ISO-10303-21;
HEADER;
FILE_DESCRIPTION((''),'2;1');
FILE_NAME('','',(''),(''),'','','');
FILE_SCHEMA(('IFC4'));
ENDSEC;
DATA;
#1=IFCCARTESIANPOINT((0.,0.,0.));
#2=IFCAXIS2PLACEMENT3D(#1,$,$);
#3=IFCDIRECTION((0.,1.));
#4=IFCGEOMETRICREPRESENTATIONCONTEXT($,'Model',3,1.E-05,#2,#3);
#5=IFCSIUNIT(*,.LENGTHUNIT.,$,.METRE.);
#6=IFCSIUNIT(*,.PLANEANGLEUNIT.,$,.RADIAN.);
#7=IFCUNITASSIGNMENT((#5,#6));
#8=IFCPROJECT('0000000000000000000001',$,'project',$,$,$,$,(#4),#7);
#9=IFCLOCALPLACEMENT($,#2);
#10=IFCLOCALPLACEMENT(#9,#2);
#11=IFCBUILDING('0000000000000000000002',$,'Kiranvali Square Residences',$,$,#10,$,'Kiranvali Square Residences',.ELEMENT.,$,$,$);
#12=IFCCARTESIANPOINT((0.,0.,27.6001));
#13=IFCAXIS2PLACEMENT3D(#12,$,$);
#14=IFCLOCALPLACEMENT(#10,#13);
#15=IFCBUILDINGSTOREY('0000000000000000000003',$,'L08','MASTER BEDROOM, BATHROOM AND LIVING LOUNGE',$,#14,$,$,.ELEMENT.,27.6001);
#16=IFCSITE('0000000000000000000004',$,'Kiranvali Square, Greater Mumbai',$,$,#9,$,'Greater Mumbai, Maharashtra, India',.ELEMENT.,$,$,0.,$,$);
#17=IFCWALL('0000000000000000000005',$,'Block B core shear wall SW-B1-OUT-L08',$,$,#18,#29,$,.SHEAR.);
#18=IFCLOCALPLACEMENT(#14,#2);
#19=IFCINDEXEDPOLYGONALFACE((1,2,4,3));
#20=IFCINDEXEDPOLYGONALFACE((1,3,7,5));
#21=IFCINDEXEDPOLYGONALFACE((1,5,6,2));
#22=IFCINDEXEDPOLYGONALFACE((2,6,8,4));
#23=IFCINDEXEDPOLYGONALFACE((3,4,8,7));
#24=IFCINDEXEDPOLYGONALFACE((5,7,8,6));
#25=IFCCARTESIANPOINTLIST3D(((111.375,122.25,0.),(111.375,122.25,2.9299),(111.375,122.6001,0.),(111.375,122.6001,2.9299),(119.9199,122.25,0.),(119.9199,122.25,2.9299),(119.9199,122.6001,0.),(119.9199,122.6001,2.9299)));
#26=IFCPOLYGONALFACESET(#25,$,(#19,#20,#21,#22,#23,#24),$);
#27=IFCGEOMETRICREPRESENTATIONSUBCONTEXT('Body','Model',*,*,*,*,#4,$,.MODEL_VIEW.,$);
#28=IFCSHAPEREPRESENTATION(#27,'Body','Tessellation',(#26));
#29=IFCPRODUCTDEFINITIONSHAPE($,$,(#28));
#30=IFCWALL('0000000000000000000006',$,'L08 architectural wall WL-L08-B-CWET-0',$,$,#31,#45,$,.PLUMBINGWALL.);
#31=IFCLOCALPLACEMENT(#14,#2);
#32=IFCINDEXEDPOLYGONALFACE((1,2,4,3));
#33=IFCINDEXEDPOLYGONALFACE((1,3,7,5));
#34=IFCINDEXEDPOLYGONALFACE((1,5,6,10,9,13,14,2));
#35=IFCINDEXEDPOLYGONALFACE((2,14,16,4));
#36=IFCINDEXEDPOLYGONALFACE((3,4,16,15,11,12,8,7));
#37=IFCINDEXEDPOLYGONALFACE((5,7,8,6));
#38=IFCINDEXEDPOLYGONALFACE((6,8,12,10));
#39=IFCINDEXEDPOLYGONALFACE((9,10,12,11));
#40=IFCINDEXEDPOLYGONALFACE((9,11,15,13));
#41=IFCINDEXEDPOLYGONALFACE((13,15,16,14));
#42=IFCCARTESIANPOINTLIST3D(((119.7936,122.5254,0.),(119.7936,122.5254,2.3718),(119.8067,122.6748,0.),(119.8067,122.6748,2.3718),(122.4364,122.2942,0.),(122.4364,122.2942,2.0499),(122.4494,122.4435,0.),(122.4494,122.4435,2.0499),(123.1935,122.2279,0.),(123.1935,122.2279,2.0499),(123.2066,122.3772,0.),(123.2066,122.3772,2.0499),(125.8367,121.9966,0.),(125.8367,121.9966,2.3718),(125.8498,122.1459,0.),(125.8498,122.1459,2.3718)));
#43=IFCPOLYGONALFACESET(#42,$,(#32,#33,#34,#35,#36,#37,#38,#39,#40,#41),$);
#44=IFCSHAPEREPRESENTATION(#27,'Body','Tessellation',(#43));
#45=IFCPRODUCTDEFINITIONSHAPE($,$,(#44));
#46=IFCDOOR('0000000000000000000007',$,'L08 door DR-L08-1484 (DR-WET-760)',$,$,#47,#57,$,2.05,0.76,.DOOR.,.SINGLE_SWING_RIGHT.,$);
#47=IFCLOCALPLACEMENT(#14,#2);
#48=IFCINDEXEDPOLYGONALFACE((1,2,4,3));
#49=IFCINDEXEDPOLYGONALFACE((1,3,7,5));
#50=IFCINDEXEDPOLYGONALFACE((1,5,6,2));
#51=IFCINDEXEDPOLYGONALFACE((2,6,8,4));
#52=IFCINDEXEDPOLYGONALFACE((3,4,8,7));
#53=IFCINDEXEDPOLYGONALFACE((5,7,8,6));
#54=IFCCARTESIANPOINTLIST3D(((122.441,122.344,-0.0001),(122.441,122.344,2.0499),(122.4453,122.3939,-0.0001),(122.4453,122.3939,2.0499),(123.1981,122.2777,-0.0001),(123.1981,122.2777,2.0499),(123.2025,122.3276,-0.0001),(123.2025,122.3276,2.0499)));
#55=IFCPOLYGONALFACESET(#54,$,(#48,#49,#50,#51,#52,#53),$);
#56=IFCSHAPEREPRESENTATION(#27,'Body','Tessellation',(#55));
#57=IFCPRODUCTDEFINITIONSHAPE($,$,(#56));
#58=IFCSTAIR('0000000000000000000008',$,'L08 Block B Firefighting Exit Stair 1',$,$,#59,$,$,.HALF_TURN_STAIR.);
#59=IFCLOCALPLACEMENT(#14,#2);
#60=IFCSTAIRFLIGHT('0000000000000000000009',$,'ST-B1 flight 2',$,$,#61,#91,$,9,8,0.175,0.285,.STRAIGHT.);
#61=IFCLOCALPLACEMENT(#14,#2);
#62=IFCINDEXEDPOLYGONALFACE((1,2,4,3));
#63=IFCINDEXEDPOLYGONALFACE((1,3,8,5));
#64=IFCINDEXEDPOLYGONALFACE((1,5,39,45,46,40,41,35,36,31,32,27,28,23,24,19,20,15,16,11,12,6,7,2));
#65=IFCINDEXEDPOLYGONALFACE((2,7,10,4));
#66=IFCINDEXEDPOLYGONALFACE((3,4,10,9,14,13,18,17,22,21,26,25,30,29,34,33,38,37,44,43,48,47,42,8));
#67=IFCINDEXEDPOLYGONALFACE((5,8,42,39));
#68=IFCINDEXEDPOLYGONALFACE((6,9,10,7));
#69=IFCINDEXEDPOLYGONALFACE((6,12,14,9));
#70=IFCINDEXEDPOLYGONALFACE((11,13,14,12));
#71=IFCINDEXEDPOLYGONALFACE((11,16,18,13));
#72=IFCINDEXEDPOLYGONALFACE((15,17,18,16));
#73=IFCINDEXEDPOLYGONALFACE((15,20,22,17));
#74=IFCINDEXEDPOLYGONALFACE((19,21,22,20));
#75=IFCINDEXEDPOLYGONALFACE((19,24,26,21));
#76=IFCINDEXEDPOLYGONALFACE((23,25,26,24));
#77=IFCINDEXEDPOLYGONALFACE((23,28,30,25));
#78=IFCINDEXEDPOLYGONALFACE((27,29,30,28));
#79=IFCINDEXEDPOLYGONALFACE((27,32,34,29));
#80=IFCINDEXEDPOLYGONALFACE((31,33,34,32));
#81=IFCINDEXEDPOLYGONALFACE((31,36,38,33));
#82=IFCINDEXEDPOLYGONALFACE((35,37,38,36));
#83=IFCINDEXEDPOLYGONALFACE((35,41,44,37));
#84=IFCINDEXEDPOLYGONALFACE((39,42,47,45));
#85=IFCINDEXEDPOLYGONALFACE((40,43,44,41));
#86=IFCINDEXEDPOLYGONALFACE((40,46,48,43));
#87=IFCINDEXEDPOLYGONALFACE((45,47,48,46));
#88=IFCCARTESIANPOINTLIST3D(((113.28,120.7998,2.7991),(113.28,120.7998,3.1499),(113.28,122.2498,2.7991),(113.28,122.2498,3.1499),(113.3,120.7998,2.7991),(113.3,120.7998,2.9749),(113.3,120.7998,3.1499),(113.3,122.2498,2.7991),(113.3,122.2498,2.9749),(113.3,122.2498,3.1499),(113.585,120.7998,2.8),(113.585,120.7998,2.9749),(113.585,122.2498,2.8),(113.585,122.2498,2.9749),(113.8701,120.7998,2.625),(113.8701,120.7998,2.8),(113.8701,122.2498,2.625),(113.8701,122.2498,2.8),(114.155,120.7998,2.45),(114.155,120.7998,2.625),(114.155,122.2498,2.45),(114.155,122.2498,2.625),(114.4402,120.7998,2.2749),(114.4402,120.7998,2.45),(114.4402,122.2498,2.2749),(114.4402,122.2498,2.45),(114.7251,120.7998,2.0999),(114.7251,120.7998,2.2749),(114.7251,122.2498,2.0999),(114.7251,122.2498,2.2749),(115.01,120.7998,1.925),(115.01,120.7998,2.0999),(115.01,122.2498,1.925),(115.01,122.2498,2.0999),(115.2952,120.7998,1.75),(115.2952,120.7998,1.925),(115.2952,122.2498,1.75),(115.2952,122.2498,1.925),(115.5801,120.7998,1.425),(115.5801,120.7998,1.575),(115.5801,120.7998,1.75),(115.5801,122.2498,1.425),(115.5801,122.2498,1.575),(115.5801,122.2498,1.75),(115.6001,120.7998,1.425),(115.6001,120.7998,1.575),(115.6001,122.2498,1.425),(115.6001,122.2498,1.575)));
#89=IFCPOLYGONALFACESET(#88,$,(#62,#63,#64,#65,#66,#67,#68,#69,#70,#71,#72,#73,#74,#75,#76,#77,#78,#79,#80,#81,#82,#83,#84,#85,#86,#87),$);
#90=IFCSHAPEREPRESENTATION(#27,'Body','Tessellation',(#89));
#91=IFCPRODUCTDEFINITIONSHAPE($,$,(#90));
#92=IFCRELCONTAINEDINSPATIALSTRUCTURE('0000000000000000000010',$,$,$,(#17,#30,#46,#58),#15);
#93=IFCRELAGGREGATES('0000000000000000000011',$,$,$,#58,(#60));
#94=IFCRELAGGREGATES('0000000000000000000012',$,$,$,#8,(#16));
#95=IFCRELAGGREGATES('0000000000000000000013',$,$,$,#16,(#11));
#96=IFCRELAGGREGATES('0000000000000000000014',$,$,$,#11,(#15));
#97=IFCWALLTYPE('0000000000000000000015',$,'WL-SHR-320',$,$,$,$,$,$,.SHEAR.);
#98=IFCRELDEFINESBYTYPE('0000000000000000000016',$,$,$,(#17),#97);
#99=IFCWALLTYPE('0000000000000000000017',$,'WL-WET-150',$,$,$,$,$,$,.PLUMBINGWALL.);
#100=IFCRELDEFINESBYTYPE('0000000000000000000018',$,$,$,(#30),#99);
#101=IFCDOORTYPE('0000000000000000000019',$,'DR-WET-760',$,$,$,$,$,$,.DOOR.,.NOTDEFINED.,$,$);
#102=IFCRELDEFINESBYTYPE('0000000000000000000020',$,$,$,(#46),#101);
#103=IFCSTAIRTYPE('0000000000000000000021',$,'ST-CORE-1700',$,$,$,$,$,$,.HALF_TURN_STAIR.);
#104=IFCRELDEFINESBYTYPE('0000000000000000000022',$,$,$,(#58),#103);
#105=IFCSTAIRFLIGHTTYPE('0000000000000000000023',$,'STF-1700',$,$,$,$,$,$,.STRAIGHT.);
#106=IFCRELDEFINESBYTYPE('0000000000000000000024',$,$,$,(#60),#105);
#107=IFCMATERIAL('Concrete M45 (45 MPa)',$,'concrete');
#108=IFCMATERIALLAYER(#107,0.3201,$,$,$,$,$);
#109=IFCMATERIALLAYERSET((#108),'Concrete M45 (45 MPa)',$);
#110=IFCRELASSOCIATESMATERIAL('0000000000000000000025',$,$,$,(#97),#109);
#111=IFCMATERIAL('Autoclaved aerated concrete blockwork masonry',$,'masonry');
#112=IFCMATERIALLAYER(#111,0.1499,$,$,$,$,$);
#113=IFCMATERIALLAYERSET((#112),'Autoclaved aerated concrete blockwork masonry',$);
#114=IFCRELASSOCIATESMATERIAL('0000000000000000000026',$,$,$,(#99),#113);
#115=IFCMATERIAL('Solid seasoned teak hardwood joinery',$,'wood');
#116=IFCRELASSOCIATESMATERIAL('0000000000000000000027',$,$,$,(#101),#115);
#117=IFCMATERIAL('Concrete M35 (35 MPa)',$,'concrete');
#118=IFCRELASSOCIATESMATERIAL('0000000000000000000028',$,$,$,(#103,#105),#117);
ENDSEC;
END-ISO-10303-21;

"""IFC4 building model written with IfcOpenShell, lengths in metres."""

from ifc_helpers import new_model, si_unit, direction, frame, frame_2d, origin, place, context, subcontext, project, spatial, polyline, rectangle, outline, extrude, material, layer, layer_set, type_object, element, fill, aggregate, save


model = new_model("IFC4")

# Units and contexts
model_context = context("Model", 3, precision=1e-05, world=origin(), true_north=direction((0.0, 1.0)))
body_context = subcontext(model_context, "Body", "Model", "MODEL_VIEW")
ifc_project = project(units=[si_unit("LENGTHUNIT", "METRE"), si_unit("PLANEANGLEUNIT", "RADIAN")], contexts=[model_context])

# Site, building, storey
site_placement = place(None, origin())
site = spatial("IfcSite", under=ifc_project, at=site_placement, Name="Kiranvali Square, Greater Mumbai", LongName="Greater Mumbai, Maharashtra, India", CompositionType="ELEMENT", RefElevation=0.0)
building_placement = place(site_placement, origin())
building = spatial("IfcBuilding", under=site, at=building_placement, Name="Kiranvali Square Residences", LongName="Kiranvali Square Residences", CompositionType="ELEMENT")
storey_placement = place(building_placement, frame((0.0, 0.0, 27.6001)))
storey = spatial("IfcBuildingStorey", under=building, at=storey_placement, Name="L08", Description="MASTER BEDROOM, BATHROOM AND LIVING LOUNGE", CompositionType="ELEMENT", Elevation=27.6001)

# Shared definitions
ifc_material_1 = material(Name="Concrete M45 (45 MPa)", Category="concrete")

# Shared definitions
ifc_material_2 = material(Name="Solid seasoned teak hardwood joinery", Category="wood")

# Wall
ifc_layer_1 = layer(ifc_material_1, 0.3201)
ifc_layer_set_1 = layer_set([ifc_layer_1], Name="Concrete M45 (45 MPa)")
wall_type_1 = type_object("IfcWallType", Name="WL-SHR-320", PredefinedType="SHEAR", material=ifc_layer_set_1)
wall_1_placement = place(storey_placement, frame((119.9199, 122.425, 0.0), z_axis=(0.0, 0.0, 1.0), x_axis=(-1.0, 0.0, 0.0)))
element("IfcWall", 1, at=wall_1_placement, inside=storey, type_object=wall_type_1, Name="Block B core shear wall SW-B1-OUT-L08", PredefinedType="SHEAR", context=body_context, shape_type="SweptSolid", body=[
    extrude(rectangle(XDim=8.5449, YDim=0.3501, at=frame_2d((4.2725, 0.0))), origin(), (0.0, 0.0, 1.0), 2.9299),
])

# Wall, opening, door
ifc_material_3 = material(Name="Autoclaved aerated concrete blockwork masonry", Category="masonry")
ifc_layer_2 = layer(ifc_material_3, 0.1499)
ifc_layer_set_2 = layer_set([ifc_layer_2], Name="Autoclaved aerated concrete blockwork masonry")
wall_type_2 = type_object("IfcWallType", Name="WL-WET-150", PredefinedType="PLUMBINGWALL", material=ifc_layer_set_2)
wall_2_placement = place(storey_placement, frame((119.8, 122.6001, 0.0), z_axis=(0.0, 0.0, 1.0), x_axis=(0.996193, -0.087175, 0.0)))
wall_2 = element("IfcWall", 2, at=wall_2_placement, inside=storey, type_object=wall_type_2, Name="L08 architectural wall WL-L08-B-CWET-0", PredefinedType="PLUMBINGWALL", context=body_context, shape_type="SweptSolid", body=[
    extrude(rectangle(XDim=6.0662, YDim=0.1499, at=frame_2d((3.0332, 0.0))), origin(), (0.0, 0.0, 1.0), 2.3718),
])
opening_1_placement = place(wall_2_placement, frame((2.6531, 0.0, 0.0)))
opening_1 = element("IfcOpeningElement", 3, at=opening_1_placement, cuts=wall_2, PredefinedType="OPENING", context=body_context, shape_type="SweptSolid", body=[
    extrude(rectangle(XDim=0.76, YDim=2.05, at=frame_2d((0.3799, 1.0249))), frame((0.0, 0.085, 0.0), z_axis=(0.0, -1.0, 0.0), x_axis=(1.0, 0.0, 0.0)), (0.0, 0.0, 1.0), 0.1699),
])
door_type_1 = type_object("IfcDoorType", Name="DR-WET-760", OperationType="NOTDEFINED", PredefinedType="DOOR", material=ifc_material_2)
door_1_placement = place(opening_1_placement, frame((0.76, 0.0, 0.0), z_axis=(0.0, 0.0, 1.0), x_axis=(-1.0, 0.0, 0.0)))
door_1 = element("IfcDoor", 4, at=door_1_placement, inside=storey, type_object=door_type_1, Name="L08 door DR-L08-1484 (DR-WET-760)", OperationType="SINGLE_SWING_RIGHT", OverallHeight=2.05, OverallWidth=0.76, PredefinedType="DOOR", context=body_context, shape_type="SweptSolid", body=[
    extrude(rectangle(XDim=0.76, YDim=2.05, at=frame_2d((0.3799, 1.0249))), frame((0.0, 0.0249, 0.0), z_axis=(0.0, -1.0, 0.0), x_axis=(1.0, 0.0, 0.0)), (0.0, 0.0, 1.0), 0.05),
])
fill(opening_1, door_1)

# Stair, stair flight
ifc_material_4 = material(Name="Concrete M35 (35 MPa)", Category="concrete")
stair_type = type_object("IfcStairType", Name="ST-CORE-1700", PredefinedType="HALF_TURN_STAIR", material=ifc_material_4)
stair_placement = place(storey_placement, origin())
stair = element("IfcStair", 5, at=stair_placement, inside=storey, type_object=stair_type, Name="L08 Block B Firefighting Exit Stair 1", PredefinedType="HALF_TURN_STAIR")
stair_flight_type = type_object("IfcStairFlightType", Name="STF-1700", PredefinedType="STRAIGHT", material=ifc_material_4)
stair_flight_placement = place(storey_placement, frame((115.5801, 121.5249, 1.575), z_axis=(0.0, 0.0, 1.0), x_axis=(-1.0, 0.0, 0.0)))
stair_flight = element("IfcStairFlight", 6, at=stair_flight_placement, type_object=stair_flight_type, Name="ST-B1 flight 2", NumberOfRisers=9, NumberOfTreads=8, PredefinedType="STRAIGHT", RiserHeight=0.175, TreadLength=0.285, context=body_context, shape_type="SweptSolid", body=[
    extrude(outline(polyline([(-0.02, -0.1499), (-0.02, 0.0), (0.0, 0.0), (0.0, 0.175), (0.2849, 0.175), (0.2849, 0.3501), (0.5701, 0.3501), (0.5701, 0.5249), (0.855, 0.5249), (0.855, 0.7), (1.1399, 0.7), (1.1399, 0.875), (1.425, 0.875), (1.425, 1.05), (1.71, 1.05), (1.71, 1.2251), (1.9951, 1.2251), (1.9951, 1.3999), (2.28, 1.3999), (2.28, 1.575), (2.3, 1.575), (2.3, 1.2241), (2.28, 1.2241), (0.0, -0.1499), (-0.02, -0.1499)])), frame((0.0, 0.7251, 0.0), z_axis=(0.0, -1.0, 0.0), x_axis=(1.0, 0.0, 0.0)), (0.0, 0.0, 1.0), 1.45),
])
aggregate(stair, [stair_flight])

save(model, "model.ifc")
